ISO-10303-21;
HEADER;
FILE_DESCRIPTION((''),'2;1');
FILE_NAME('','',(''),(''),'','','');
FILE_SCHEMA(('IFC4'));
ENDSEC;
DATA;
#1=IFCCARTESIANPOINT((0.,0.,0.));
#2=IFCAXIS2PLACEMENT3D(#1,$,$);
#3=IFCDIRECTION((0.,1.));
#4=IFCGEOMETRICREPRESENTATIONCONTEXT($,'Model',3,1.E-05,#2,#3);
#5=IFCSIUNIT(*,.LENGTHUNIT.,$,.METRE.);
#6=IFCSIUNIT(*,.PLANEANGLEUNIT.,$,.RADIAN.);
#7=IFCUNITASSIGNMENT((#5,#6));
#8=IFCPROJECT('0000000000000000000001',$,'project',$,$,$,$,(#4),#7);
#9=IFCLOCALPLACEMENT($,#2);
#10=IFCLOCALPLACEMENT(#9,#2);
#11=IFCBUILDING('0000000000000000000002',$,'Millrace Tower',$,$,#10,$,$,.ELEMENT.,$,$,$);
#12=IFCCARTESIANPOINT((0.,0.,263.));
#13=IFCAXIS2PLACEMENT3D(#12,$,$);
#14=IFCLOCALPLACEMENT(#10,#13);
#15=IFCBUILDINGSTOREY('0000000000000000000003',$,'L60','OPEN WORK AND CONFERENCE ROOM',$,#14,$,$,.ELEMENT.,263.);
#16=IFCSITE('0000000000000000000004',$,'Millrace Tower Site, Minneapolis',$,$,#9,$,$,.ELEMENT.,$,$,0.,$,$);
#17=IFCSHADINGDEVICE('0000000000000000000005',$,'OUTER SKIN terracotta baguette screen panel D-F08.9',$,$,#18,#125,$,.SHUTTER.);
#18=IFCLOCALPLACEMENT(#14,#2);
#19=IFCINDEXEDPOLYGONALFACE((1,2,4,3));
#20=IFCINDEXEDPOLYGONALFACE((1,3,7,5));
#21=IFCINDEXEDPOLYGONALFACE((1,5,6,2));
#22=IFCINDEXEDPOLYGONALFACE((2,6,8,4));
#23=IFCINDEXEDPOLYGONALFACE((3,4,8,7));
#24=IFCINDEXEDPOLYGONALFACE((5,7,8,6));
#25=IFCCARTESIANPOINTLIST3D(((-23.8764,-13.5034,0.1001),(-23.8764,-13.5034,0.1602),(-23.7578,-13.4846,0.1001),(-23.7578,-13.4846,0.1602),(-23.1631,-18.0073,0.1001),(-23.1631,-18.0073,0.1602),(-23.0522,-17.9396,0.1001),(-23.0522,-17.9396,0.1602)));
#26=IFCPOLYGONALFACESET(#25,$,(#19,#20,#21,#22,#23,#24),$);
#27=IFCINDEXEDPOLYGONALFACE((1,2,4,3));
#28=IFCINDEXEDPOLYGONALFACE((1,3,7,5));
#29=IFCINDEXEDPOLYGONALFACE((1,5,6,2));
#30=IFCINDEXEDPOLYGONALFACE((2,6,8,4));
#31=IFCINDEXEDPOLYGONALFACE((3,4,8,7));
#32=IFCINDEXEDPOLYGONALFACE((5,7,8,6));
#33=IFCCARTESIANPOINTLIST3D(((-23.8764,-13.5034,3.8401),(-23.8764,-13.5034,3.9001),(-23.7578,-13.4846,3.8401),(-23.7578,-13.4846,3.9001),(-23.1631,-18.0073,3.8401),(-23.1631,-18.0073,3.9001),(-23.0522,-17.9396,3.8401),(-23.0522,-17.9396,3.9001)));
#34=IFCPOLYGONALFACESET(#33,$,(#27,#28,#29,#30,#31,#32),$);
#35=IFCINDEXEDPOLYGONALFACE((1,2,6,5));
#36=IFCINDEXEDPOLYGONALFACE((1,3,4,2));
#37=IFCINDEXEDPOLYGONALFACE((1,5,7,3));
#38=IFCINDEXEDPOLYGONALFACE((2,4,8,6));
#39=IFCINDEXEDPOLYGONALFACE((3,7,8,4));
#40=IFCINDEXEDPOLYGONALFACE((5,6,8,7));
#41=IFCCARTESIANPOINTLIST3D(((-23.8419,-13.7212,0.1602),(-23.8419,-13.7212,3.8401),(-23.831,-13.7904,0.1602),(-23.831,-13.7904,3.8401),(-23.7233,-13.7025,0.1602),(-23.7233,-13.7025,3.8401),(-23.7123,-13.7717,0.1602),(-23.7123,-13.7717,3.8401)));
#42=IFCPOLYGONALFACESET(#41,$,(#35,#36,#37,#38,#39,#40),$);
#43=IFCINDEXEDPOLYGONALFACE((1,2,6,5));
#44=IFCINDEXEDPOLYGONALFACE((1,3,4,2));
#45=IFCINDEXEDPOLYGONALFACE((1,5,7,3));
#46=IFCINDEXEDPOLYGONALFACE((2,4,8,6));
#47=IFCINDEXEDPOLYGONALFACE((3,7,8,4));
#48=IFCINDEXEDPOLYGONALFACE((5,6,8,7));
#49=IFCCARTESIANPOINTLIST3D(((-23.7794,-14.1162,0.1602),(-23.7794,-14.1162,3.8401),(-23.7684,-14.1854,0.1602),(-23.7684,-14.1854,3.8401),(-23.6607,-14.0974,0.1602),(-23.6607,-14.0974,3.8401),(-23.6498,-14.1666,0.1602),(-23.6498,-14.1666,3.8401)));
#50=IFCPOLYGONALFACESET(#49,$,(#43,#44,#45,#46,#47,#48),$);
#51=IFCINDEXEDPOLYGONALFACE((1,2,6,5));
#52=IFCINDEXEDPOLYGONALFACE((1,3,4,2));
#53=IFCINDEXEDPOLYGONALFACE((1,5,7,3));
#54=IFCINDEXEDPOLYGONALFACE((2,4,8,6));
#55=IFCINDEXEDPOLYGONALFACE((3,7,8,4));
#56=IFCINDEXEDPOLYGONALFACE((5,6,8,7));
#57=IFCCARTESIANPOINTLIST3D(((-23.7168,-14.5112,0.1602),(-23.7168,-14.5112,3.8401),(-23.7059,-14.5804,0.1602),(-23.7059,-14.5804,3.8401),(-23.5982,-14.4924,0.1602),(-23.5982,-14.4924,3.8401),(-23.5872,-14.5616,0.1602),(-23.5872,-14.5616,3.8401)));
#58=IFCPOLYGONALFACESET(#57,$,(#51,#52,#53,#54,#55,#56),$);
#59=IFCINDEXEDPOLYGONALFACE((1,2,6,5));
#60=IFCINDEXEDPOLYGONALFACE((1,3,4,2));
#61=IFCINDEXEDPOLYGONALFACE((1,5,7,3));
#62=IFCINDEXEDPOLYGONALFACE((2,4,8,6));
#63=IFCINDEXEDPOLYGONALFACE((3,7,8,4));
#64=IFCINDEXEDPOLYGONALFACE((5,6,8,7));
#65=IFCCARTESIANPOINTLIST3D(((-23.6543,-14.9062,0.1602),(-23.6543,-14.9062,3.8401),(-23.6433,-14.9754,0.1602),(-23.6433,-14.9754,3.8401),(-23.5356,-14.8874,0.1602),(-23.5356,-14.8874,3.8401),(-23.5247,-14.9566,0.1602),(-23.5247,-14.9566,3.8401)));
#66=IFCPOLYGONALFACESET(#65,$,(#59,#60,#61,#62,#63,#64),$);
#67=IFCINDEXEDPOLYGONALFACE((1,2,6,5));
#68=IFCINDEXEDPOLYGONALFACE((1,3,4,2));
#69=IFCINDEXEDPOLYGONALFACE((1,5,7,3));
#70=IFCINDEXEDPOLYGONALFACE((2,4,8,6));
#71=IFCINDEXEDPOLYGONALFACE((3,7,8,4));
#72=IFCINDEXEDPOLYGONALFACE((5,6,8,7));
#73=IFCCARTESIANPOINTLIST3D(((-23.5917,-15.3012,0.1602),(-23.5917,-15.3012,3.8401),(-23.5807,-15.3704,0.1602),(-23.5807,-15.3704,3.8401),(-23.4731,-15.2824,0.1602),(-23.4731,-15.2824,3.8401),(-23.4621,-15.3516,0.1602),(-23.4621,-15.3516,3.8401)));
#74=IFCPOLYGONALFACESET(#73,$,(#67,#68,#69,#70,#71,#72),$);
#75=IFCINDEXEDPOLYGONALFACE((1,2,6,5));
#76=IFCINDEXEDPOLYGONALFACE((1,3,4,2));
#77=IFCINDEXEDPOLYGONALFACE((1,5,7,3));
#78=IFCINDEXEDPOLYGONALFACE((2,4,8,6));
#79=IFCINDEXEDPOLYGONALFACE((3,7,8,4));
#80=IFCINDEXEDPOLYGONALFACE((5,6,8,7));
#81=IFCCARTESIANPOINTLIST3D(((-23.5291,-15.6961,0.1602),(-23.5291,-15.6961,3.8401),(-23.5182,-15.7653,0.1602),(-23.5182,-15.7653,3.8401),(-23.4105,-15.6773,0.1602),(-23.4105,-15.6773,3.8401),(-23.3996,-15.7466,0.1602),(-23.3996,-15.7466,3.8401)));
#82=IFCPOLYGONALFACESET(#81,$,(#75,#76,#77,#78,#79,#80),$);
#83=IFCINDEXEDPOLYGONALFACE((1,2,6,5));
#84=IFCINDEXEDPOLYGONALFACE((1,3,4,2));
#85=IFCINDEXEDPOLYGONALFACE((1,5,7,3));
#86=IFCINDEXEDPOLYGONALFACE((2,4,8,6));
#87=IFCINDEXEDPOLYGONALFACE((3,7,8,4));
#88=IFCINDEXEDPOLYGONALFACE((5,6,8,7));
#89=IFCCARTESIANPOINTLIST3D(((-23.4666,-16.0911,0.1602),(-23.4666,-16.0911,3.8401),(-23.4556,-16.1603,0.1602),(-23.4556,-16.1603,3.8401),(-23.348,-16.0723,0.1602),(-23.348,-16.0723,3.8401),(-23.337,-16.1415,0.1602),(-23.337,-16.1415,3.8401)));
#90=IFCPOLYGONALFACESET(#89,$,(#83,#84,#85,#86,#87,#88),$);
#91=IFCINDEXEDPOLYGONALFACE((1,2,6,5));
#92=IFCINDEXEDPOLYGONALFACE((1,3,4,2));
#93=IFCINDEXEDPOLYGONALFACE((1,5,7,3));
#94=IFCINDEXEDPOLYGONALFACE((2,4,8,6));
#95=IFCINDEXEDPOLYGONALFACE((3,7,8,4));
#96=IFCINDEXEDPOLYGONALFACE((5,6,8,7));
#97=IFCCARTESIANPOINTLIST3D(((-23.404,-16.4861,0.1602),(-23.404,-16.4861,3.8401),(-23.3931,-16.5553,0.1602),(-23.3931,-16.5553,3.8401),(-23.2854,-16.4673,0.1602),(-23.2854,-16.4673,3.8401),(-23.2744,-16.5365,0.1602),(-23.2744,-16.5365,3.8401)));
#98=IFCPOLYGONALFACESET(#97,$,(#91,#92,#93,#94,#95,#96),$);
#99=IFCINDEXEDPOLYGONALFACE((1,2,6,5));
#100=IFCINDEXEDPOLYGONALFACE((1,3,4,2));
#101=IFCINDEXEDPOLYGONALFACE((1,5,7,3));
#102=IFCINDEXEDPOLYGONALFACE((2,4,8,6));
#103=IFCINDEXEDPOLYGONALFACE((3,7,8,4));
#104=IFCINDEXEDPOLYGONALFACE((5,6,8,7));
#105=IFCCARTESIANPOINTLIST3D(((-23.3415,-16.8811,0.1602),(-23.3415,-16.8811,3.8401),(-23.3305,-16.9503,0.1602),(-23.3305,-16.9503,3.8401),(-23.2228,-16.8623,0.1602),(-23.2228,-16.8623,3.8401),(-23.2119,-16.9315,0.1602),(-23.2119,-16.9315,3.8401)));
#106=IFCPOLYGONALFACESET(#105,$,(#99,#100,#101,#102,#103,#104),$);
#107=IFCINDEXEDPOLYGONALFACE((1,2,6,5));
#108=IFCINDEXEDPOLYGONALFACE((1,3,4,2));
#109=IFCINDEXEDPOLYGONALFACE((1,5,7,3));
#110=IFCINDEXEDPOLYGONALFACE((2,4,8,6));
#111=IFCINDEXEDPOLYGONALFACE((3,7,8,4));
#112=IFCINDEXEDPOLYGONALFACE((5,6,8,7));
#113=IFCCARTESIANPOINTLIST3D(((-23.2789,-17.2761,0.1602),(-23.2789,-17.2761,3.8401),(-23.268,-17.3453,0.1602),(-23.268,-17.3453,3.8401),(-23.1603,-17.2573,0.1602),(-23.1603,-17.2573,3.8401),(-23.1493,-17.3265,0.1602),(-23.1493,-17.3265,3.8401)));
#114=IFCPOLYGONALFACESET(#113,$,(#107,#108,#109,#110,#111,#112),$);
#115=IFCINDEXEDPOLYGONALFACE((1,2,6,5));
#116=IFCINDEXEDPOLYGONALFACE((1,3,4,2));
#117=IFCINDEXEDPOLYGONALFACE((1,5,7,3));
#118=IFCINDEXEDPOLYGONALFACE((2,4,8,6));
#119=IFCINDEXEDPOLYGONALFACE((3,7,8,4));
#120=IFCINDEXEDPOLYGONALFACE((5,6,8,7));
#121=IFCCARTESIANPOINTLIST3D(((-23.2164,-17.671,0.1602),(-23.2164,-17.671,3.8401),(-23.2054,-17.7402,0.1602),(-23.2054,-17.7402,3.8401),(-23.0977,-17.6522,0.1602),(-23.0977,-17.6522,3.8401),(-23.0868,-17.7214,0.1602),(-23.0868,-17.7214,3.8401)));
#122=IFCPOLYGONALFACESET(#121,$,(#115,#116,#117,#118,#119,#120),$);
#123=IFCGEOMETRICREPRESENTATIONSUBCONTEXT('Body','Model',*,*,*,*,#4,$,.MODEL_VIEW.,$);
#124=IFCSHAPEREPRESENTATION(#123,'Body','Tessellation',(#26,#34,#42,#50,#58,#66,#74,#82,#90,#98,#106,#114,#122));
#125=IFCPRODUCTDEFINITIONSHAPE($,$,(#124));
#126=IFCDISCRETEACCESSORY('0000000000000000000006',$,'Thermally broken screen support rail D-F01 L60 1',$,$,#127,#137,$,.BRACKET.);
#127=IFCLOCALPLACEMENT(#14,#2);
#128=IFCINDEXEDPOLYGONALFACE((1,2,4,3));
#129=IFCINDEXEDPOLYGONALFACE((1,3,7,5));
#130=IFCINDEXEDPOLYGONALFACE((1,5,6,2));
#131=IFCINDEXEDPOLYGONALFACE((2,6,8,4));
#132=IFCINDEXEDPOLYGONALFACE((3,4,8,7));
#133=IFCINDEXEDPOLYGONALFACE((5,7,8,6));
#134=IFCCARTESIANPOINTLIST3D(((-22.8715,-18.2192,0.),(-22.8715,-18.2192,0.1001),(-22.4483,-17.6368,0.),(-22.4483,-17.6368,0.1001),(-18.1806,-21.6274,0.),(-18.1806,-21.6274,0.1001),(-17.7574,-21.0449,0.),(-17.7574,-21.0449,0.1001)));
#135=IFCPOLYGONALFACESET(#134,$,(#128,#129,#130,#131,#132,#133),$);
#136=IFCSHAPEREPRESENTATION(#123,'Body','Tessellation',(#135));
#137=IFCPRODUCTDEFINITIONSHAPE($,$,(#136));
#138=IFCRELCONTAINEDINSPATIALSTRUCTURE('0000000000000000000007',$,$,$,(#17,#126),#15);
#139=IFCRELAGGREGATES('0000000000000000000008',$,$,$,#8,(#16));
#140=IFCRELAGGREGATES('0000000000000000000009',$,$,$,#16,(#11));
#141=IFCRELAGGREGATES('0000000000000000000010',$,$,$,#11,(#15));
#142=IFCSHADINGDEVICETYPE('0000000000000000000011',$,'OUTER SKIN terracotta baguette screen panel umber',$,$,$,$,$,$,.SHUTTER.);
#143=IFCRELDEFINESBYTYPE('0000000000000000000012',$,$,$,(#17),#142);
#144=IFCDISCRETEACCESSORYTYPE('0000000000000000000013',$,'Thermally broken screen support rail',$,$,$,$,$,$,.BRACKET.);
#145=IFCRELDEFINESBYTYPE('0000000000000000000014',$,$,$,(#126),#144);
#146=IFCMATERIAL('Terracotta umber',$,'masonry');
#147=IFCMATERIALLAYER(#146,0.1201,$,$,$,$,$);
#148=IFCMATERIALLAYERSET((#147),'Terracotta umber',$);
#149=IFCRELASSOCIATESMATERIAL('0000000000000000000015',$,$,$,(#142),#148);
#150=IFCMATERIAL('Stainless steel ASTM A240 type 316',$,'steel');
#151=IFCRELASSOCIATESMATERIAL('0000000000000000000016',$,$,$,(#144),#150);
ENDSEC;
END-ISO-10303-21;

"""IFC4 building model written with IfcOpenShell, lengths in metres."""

from ifc_helpers import new_model, entity, si_unit, direction, frame, frame_2d, origin, origin_2d, place, context, subcontext, project, spatial, rectangle, extrude, source, transform, mapped, material, layer, layer_set, type_object, element, save


model = new_model("IFC4")

# Units and contexts
model_context = context("Model", 3, precision=1e-05, world=origin(), true_north=direction((0.0, 1.0)))
body_context = subcontext(model_context, "Body", "Model", "MODEL_VIEW")
ifc_project = project(units=[si_unit("LENGTHUNIT", "METRE"), si_unit("PLANEANGLEUNIT", "RADIAN")], contexts=[model_context])

# Site, building, storey
site_placement = place(None, origin())
site = spatial("IfcSite", under=ifc_project, at=site_placement, Name="Millrace Tower Site, Minneapolis", CompositionType="ELEMENT", RefElevation=0.0)
building_placement = place(site_placement, origin())
building = spatial("IfcBuilding", under=site, at=building_placement, Name="Millrace Tower", CompositionType="ELEMENT")
storey_placement = place(building_placement, frame((0.0, 0.0, 263.0)))
storey = spatial("IfcBuildingStorey", under=building, at=storey_placement, Name="L60", Description="OPEN WORK AND CONFERENCE ROOM", CompositionType="ELEMENT", Elevation=263.0)

# Shading device
ifc_material_1 = material(Name="Terracotta umber", Category="masonry")
ifc_layer_1 = layer(ifc_material_1, 0.1201)
ifc_layer_set_1 = layer_set([ifc_layer_1], Name="Terracotta umber")
shading_device_type = type_object("IfcShadingDeviceType", Name="OUTER SKIN terracotta baguette screen panel umber", PredefinedType="SHUTTER", material=ifc_layer_set_1)
cartesian_point_1 = entity("IfcCartesianPoint", [-2.2676, 0.0601])
shared_polyline_1 = entity("IfcPolyline", [cartesian_point_1, entity("IfcCartesianPoint", [2.2429, 0.0601]), entity("IfcCartesianPoint", [2.2925, -0.0601]), entity("IfcCartesianPoint", [-2.2676, -0.0601]), cartesian_point_1])
shared_shape_1 = source(origin(), body_context, "Body", "SweptSolid", [
    entity("IfcExtrudedAreaSolid", entity("IfcArbitraryClosedProfileDef", "AREA", None, shared_polyline_1), entity("IfcAxis2Placement3D", entity("IfcCartesianPoint", [0.0, 0.0, 0.0])), entity("IfcDirection", [0.0, 0.0, 1.0]), 0.0601),
    entity("IfcExtrudedAreaSolid", entity("IfcArbitraryClosedProfileDef", "AREA", None, shared_polyline_1), entity("IfcAxis2Placement3D", entity("IfcCartesianPoint", [0.0, 0.0, 3.74])), entity("IfcDirection", [0.0, 0.0, 1.0]), 0.0601),
    extrude(rectangle(XDim=0.0701, YDim=0.1201, at=frame_2d((-2.012, 0.0))), frame((0.0, 0.0, 0.0601)), (0.0, 0.0, 1.0), 3.6799),
    extrude(rectangle(XDim=0.0701, YDim=0.1201, at=frame_2d((-1.6121, 0.0))), frame((0.0, 0.0, 0.0601)), (0.0, 0.0, 1.0), 3.6799),
    extrude(rectangle(XDim=0.0701, YDim=0.1201, at=frame_2d((-1.2122, 0.0))), frame((0.0, 0.0, 0.0601)), (0.0, 0.0, 1.0), 3.6799),
    extrude(rectangle(XDim=0.0701, YDim=0.1201, at=frame_2d((-0.8123, 0.0))), frame((0.0, 0.0, 0.0601)), (0.0, 0.0, 1.0), 3.6799),
    extrude(rectangle(XDim=0.0701, YDim=0.1201, at=frame_2d((-0.4124, 0.0))), frame((0.0, 0.0, 0.0601)), (0.0, 0.0, 1.0), 3.6799),
    extrude(rectangle(XDim=0.0701, YDim=0.1201, at=frame_2d((-0.0125, 0.0))), frame((0.0, 0.0, 0.0601)), (0.0, 0.0, 1.0), 3.6799),
    extrude(rectangle(XDim=0.0701, YDim=0.1201, at=frame_2d((0.3875, 0.0))), frame((0.0, 0.0, 0.0601)), (0.0, 0.0, 1.0), 3.6799),
    extrude(rectangle(XDim=0.0701, YDim=0.1201, at=frame_2d((0.7874, 0.0))), frame((0.0, 0.0, 0.0601)), (0.0, 0.0, 1.0), 3.6799),
    extrude(rectangle(XDim=0.0701, YDim=0.1201, at=frame_2d((1.1873, 0.0))), frame((0.0, 0.0, 0.0601)), (0.0, 0.0, 1.0), 3.6799),
    extrude(rectangle(XDim=0.0701, YDim=0.1201, at=frame_2d((1.5872, 0.0))), frame((0.0, 0.0, 0.0601)), (0.0, 0.0, 1.0), 3.6799),
    extrude(rectangle(XDim=0.0701, YDim=0.1201, at=frame_2d((1.9871, 0.0))), frame((0.0, 0.0, 0.0601)), (0.0, 0.0, 1.0), 3.6799),
])
shading_device_1_placement = place(storey_placement, frame((-23.4624, -15.7336, 0.1001), z_axis=(0.0, 0.0, 1.0), x_axis=(0.156434, -0.987688, 0.0)))
element("IfcShadingDevice", 1, at=shading_device_1_placement, inside=storey, type_object=shading_device_type, Name="OUTER SKIN terracotta baguette screen panel D-F08.9", PredefinedType="SHUTTER", context=body_context, shape_type="MappedRepresentation", body=[
    mapped(shared_shape_1, transform((0.0, 0.0, 0.0), scale=1.0)),
])

# Discrete accessory
ifc_material_2 = material(Name="Stainless steel ASTM A240 type 316", Category="steel")
discrete_accessory_type = type_object("IfcDiscreteAccessoryType", Name="Thermally broken screen support rail", PredefinedType="BRACKET", material=ifc_material_2)
discrete_accessory_placement = place(storey_placement, frame((-20.3145, -19.6321, 0.0), z_axis=(0.0, 0.0, 1.0), x_axis=(0.809017, -0.587785, 0.0)))
element("IfcDiscreteAccessory", 2, at=discrete_accessory_placement, inside=storey, type_object=discrete_accessory_type, Name="Thermally broken screen support rail D-F01 L60 1", PredefinedType="BRACKET", context=body_context, shape_type="SweptSolid", body=[
    extrude(rectangle(XDim=5.7983, YDim=0.72, at=origin_2d()), origin(), (0.0, 0.0, 1.0), 0.1001),
])

save(model, "model.ifc")
